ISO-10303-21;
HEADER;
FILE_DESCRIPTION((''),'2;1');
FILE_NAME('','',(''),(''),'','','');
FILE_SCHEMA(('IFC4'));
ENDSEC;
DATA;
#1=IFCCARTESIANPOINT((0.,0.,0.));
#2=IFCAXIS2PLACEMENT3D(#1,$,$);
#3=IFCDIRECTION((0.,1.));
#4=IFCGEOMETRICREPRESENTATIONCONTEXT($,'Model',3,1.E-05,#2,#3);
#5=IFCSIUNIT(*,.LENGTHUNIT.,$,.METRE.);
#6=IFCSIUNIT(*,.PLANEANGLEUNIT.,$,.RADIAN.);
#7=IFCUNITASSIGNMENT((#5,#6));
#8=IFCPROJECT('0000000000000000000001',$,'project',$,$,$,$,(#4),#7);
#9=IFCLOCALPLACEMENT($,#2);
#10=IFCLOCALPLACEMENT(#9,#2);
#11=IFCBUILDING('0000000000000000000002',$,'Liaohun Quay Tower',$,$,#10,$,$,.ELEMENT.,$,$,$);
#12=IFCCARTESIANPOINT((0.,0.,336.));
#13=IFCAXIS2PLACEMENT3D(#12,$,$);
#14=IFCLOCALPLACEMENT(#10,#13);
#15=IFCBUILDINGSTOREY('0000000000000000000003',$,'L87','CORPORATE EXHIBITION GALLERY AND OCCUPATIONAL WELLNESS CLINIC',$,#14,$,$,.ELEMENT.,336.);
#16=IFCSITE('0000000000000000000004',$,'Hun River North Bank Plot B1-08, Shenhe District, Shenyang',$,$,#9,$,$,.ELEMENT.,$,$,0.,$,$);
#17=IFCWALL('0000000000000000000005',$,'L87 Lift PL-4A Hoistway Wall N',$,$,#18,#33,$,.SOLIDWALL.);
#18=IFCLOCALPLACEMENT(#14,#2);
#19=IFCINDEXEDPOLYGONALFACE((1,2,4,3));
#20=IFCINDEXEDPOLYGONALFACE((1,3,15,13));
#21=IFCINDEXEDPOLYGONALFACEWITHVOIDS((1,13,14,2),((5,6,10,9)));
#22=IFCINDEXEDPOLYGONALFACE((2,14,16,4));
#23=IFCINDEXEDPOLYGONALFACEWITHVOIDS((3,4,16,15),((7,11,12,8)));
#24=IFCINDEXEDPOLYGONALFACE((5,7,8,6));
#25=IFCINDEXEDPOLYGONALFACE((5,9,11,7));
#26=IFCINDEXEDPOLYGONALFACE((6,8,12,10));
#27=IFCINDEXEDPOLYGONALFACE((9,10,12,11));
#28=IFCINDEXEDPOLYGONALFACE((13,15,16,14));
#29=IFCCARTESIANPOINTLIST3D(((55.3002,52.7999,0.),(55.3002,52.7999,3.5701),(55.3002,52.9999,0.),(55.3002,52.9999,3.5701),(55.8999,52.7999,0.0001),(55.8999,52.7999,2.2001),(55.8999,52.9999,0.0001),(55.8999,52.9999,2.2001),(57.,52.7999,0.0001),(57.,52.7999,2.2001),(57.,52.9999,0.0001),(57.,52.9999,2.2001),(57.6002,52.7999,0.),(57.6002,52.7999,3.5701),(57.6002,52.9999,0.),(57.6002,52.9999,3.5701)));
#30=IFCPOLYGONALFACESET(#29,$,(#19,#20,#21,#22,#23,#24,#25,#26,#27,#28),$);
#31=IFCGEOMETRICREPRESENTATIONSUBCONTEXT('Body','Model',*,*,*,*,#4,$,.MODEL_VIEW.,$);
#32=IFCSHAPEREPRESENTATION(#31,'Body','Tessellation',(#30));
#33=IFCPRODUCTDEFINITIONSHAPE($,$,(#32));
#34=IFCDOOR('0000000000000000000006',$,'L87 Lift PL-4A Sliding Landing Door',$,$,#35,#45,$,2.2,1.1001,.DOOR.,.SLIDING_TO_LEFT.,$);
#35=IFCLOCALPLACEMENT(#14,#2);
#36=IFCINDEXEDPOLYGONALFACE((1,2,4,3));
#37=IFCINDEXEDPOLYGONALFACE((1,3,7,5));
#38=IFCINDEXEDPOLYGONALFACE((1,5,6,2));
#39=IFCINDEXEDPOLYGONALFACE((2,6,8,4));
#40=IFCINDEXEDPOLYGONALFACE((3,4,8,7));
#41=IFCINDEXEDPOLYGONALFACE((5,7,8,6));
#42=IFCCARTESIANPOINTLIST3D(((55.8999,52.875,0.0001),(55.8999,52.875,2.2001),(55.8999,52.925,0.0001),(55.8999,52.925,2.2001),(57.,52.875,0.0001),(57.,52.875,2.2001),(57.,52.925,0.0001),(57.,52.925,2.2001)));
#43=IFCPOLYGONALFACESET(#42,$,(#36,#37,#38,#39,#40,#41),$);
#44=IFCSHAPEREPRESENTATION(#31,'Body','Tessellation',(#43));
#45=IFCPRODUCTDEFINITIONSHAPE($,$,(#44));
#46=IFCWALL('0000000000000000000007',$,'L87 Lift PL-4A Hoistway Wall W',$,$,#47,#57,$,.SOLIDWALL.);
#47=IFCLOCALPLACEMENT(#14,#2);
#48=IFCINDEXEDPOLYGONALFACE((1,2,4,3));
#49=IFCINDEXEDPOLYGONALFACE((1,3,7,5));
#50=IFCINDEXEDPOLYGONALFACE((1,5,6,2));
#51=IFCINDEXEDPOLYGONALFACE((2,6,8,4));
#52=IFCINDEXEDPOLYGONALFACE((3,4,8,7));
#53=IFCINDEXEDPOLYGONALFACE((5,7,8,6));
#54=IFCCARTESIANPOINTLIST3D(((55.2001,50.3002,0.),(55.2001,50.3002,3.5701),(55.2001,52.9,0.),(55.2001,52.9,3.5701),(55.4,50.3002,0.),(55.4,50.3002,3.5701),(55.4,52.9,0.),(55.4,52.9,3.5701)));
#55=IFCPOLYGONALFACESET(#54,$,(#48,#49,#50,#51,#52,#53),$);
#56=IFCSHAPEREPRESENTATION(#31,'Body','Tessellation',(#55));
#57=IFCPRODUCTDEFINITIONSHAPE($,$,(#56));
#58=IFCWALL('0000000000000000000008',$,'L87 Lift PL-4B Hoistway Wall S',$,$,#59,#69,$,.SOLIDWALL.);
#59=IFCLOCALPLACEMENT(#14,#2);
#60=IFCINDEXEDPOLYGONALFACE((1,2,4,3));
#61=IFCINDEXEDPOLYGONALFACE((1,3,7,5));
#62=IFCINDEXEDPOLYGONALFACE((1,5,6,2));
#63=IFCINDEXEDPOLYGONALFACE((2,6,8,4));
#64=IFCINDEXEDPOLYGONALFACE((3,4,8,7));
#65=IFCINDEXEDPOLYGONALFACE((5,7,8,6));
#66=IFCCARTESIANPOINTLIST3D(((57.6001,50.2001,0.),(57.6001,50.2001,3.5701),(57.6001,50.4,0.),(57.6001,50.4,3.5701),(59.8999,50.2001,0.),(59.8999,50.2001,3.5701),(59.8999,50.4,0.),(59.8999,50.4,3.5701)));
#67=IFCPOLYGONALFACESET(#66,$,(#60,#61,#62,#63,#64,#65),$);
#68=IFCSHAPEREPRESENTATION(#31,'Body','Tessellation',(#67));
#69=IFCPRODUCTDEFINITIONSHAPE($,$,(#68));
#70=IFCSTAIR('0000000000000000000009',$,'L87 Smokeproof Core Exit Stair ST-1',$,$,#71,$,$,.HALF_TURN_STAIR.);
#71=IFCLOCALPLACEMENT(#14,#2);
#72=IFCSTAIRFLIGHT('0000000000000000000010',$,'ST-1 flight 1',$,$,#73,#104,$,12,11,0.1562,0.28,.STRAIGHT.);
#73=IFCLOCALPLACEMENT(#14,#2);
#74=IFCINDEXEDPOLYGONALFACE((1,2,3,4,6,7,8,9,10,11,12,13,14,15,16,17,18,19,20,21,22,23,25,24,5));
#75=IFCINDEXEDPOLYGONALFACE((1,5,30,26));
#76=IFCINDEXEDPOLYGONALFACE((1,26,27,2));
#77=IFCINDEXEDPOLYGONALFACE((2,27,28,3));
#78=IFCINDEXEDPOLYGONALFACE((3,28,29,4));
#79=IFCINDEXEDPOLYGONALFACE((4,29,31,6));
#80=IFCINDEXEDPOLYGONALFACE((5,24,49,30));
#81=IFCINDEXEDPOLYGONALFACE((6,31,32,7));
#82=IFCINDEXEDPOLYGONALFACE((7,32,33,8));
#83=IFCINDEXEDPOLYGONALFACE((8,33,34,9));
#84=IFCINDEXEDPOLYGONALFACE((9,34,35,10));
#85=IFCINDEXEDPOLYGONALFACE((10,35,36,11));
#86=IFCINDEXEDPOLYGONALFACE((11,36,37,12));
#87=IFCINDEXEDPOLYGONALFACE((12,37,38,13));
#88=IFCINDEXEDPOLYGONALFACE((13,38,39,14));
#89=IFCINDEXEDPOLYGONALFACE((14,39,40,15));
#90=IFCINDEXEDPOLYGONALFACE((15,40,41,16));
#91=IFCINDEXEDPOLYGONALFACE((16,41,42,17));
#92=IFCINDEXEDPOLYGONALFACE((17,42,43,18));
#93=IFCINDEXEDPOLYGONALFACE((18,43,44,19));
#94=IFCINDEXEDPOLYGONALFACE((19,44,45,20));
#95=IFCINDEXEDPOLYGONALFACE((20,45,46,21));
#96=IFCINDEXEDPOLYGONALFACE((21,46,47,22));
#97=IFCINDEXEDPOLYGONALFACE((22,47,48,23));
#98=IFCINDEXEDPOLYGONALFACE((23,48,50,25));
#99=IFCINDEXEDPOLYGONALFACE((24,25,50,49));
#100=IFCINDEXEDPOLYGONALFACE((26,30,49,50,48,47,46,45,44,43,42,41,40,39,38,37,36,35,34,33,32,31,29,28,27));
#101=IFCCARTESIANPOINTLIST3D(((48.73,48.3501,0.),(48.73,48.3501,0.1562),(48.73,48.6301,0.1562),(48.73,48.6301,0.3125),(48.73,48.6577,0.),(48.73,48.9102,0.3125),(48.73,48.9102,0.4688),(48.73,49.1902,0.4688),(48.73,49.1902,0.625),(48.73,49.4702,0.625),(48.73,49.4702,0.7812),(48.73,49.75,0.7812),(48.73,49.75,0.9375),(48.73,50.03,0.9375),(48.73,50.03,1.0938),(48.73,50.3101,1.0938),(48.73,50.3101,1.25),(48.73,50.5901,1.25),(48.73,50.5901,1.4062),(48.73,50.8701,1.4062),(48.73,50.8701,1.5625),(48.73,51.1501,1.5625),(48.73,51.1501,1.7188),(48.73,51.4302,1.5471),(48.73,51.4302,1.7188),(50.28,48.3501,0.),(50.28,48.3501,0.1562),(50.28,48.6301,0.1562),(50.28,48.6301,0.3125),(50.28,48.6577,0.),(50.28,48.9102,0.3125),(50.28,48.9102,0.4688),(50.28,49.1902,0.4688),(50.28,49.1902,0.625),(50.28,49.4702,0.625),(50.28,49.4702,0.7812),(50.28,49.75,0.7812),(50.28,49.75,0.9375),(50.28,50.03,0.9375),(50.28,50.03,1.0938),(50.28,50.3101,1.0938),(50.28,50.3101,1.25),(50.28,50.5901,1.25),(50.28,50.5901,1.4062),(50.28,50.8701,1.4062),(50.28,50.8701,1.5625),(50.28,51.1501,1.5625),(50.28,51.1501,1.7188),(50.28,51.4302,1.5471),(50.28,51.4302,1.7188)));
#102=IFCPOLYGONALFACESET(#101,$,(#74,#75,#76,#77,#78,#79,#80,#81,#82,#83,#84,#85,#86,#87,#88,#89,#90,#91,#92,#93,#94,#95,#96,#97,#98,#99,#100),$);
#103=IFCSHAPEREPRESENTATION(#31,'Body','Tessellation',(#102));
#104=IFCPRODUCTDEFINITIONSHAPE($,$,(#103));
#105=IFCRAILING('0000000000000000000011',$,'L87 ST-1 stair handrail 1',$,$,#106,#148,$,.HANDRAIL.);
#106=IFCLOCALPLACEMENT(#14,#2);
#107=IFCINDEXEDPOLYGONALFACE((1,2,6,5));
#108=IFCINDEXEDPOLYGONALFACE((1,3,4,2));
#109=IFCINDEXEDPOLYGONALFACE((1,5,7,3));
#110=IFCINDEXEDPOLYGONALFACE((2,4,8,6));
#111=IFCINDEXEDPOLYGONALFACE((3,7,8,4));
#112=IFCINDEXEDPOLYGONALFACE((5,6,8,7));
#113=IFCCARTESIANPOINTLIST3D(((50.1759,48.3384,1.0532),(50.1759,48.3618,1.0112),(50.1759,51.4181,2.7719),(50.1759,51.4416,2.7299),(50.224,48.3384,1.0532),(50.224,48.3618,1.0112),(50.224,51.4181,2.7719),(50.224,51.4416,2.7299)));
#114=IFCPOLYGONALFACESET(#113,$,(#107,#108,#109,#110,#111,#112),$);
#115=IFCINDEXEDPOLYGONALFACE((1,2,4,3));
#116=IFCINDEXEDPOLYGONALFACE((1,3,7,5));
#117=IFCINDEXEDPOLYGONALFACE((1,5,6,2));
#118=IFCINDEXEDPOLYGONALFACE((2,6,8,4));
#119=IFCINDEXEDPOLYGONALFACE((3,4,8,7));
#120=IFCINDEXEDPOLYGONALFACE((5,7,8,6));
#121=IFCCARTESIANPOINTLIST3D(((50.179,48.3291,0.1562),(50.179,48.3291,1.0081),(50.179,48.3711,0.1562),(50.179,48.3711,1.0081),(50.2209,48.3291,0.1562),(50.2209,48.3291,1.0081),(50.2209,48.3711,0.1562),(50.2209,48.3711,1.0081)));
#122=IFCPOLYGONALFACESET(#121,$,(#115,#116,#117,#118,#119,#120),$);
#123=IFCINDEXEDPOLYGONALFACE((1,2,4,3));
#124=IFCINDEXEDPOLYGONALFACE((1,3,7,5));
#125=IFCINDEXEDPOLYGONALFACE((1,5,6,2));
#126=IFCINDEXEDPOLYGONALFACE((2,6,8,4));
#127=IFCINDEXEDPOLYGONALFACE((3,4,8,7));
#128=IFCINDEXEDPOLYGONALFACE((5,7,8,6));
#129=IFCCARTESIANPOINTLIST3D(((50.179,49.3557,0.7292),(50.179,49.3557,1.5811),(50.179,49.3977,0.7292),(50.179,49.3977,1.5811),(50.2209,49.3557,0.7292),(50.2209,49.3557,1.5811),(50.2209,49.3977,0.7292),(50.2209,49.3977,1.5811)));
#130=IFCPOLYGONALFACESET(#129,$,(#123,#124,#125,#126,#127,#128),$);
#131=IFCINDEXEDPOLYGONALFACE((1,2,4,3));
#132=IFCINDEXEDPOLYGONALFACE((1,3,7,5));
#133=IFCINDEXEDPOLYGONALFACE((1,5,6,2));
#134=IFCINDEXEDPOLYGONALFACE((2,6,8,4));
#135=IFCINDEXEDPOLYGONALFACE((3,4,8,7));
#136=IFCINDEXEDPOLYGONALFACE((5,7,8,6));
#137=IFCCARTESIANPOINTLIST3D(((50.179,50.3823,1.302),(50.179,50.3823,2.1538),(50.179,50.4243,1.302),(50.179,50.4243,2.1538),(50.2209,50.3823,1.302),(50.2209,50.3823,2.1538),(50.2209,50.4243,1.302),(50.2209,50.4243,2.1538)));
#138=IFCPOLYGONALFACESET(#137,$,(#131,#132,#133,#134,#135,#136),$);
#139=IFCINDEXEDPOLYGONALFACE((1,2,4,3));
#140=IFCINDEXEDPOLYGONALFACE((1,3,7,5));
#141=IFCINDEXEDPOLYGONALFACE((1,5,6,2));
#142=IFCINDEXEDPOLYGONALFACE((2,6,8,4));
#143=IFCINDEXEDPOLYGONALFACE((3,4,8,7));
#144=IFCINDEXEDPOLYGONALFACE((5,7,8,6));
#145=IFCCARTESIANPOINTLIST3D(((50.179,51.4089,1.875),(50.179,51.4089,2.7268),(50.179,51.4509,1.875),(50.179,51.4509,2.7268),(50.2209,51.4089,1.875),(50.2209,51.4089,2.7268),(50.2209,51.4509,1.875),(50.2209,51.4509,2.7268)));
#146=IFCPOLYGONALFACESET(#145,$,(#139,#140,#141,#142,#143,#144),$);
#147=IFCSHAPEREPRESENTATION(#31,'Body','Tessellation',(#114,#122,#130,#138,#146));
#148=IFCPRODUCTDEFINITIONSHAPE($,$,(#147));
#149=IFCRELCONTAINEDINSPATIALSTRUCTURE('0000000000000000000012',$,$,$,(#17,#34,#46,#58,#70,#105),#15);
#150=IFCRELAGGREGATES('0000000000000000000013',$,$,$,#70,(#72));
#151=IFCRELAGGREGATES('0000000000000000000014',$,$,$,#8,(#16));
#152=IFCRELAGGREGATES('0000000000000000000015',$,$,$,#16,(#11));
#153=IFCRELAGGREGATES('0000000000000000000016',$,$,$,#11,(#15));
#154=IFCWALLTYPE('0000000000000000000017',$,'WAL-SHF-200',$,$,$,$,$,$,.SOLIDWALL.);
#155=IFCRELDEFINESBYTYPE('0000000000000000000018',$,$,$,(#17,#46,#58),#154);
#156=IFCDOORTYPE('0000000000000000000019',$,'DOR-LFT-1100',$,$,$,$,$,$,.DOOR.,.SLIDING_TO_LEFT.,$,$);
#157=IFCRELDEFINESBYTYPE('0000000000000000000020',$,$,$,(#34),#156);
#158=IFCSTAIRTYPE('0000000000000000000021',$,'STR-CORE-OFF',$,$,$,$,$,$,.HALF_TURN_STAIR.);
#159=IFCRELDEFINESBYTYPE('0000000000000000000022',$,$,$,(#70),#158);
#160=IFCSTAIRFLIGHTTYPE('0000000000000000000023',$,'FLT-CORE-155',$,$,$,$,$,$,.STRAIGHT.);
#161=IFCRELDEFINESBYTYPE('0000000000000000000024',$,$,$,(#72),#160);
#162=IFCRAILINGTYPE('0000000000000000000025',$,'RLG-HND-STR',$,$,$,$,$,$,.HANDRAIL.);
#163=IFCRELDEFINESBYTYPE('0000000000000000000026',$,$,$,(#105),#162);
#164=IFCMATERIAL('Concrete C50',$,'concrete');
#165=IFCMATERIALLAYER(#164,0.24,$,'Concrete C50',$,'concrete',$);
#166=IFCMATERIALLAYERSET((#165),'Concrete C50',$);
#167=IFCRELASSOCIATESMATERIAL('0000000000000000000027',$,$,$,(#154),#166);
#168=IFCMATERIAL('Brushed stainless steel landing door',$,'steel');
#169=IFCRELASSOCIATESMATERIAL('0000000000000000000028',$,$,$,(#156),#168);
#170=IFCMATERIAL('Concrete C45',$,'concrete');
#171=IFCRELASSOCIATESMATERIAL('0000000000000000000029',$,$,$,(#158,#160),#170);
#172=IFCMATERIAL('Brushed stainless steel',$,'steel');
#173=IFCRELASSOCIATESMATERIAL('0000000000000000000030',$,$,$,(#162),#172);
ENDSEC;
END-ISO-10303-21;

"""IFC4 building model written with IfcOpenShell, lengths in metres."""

from ifc_helpers import new_model, si_unit, direction, frame, frame_2d, origin, origin_2d, place, context, subcontext, project, spatial, polyline, rectangle, outline, extrude, source, transform, mapped, material, layer, layer_set, type_object, element, fill, aggregate, save


model = new_model("IFC4")

# Units and contexts
model_context = context("Model", 3, precision=1e-05, world=origin(), true_north=direction((0.0, 1.0)))
body_context = subcontext(model_context, "Body", "Model", "MODEL_VIEW")
ifc_project = project(units=[si_unit("LENGTHUNIT", "METRE"), si_unit("PLANEANGLEUNIT", "RADIAN")], contexts=[model_context])

# Site, building, storey
site_placement = place(None, origin())
site = spatial("IfcSite", under=ifc_project, at=site_placement, Name="Hun River North Bank Plot B1-08, Shenhe District, Shenyang", CompositionType="ELEMENT", RefElevation=0.0)
building_placement = place(site_placement, origin())
building = spatial("IfcBuilding", under=site, at=building_placement, Name="Liaohun Quay Tower", CompositionType="ELEMENT")
storey_placement = place(building_placement, frame((0.0, 0.0, 336.0)))
storey = spatial("IfcBuildingStorey", under=building, at=storey_placement, Name="L87", Description="CORPORATE EXHIBITION GALLERY AND OCCUPATIONAL WELLNESS CLINIC", CompositionType="ELEMENT", Elevation=336.0)

# Shared definitions
ifc_material_1 = material(Name="Concrete C50", Category="concrete")

# Shared definitions
ifc_layer_1 = layer(ifc_material_1, 0.24, Name="Concrete C50", Category="concrete")
ifc_layer_set_1 = layer_set([ifc_layer_1], Name="Concrete C50")
wall_type_1 = type_object("IfcWallType", Name="WAL-SHF-200", PredefinedType="SOLIDWALL", material=ifc_layer_set_1)

# Wall, opening, door
wall_1_placement = place(storey_placement, frame((57.6001, 52.8999, 0.0), z_axis=(0.0, 0.0, 1.0), x_axis=(-1.0, 0.0, 0.0)))
wall_1 = element("IfcWall", 1, at=wall_1_placement, inside=storey, type_object=wall_type_1, Name="L87 Lift PL-4A Hoistway Wall N", PredefinedType="SOLIDWALL", context=body_context, shape_type="SweptSolid", body=[
    extrude(rectangle(XDim=2.3, YDim=0.2, at=frame_2d((1.1499, 0.0))), origin(), (0.0, 0.0, 1.0), 3.5701),
])
shared_shape_1 = source(origin(), body_context, "Body", "SweptSolid", [
    extrude(rectangle(XDim=1.1001, YDim=2.2, at=frame_2d((0.55, 1.1001))), frame((0.0, 0.1099, 0.0), z_axis=(0.0, -1.0, 0.0), x_axis=(1.0, 0.0, 0.0)), (0.0, 0.0, 1.0), 0.22),
])
opening_1_placement = place(wall_1_placement, frame((0.6001, 0.0, 0.0)))
opening_1 = element("IfcOpeningElement", 2, at=opening_1_placement, cuts=wall_1, PredefinedType="OPENING", context=body_context, shape_type="MappedRepresentation", body=[
    mapped(shared_shape_1, transform((0.0, 0.0, 0.0), x_axis=(1.0, 0.0, 0.0), y_axis=(0.0, 1.0, 0.0), z_axis=(0.0, 0.0, 1.0), scale=1.0)),
])
ifc_material_2 = material(Name="Brushed stainless steel landing door", Category="steel")
door_type_1 = type_object("IfcDoorType", Name="DOR-LFT-1100", OperationType="SLIDING_TO_LEFT", PredefinedType="DOOR", material=ifc_material_2)
shared_shape_2 = source(origin(), body_context, "Body", "SweptSolid", [
    extrude(rectangle(XDim=1.1001, YDim=2.2, at=frame_2d((0.55, 1.1001))), frame((0.0, 0.0249, 0.0), z_axis=(0.0, -1.0, 0.0), x_axis=(1.0, 0.0, 0.0)), (0.0, 0.0, 1.0), 0.05),
])
door_1_placement = place(opening_1_placement, origin())
door_1 = element("IfcDoor", 3, at=door_1_placement, inside=storey, type_object=door_type_1, Name="L87 Lift PL-4A Sliding Landing Door", OperationType="SLIDING_TO_LEFT", OverallHeight=2.2, OverallWidth=1.1001, PredefinedType="DOOR", context=body_context, shape_type="MappedRepresentation", body=[
    mapped(shared_shape_2, transform((0.0, 0.0, 0.0), x_axis=(1.0, 0.0, 0.0), y_axis=(0.0, 1.0, 0.0), z_axis=(0.0, 0.0, 1.0), scale=1.0)),
])
fill(opening_1, door_1)

# Walls
wall_2_placement = place(storey_placement, frame((55.3, 52.8999, 0.0), z_axis=(0.0, 0.0, 1.0), x_axis=(0.0, -1.0, 0.0)))
element("IfcWall", 4, at=wall_2_placement, inside=storey, type_object=wall_type_1, Name="L87 Lift PL-4A Hoistway Wall W", PredefinedType="SOLIDWALL", context=body_context, shape_type="SweptSolid", body=[
    extrude(rectangle(XDim=2.5999, YDim=0.2, at=frame_2d((1.2998, 0.0))), origin(), (0.0, 0.0, 1.0), 3.5701),
])
wall_3_placement = place(storey_placement, frame((57.6001, 50.3, 0.0), z_axis=(0.0, 0.0, 1.0), x_axis=(1.0, 0.0, 0.0)))
element("IfcWall", 5, at=wall_3_placement, inside=storey, type_object=wall_type_1, Name="L87 Lift PL-4B Hoistway Wall S", PredefinedType="SOLIDWALL", context=body_context, shape_type="SweptSolid", body=[
    extrude(rectangle(XDim=2.2998, YDim=0.2, at=frame_2d((1.1499, 0.0))), origin(), (0.0, 0.0, 1.0), 3.5701),
])

# Stair, stair flight
ifc_material_3 = material(Name="Concrete C45", Category="concrete")
stair_type = type_object("IfcStairType", Name="STR-CORE-OFF", PredefinedType="HALF_TURN_STAIR", material=ifc_material_3)
stair_placement = place(storey_placement, origin())
stair = element("IfcStair", 6, at=stair_placement, inside=storey, type_object=stair_type, Name="L87 Smokeproof Core Exit Stair ST-1", PredefinedType="HALF_TURN_STAIR")
stair_flight_type = type_object("IfcStairFlightType", Name="FLT-CORE-155", PredefinedType="STRAIGHT", material=ifc_material_3)
stair_flight_placement = place(storey_placement, frame((49.5049, 48.3501, 0.0), z_axis=(0.0, 0.0, 1.0), x_axis=(0.0, 1.0, 0.0)))
stair_flight = element("IfcStairFlight", 7, at=stair_flight_placement, type_object=stair_flight_type, Name="ST-1 flight 1", NumberOfRisers=12, NumberOfTreads=11, PredefinedType="STRAIGHT", RiserHeight=0.1562, TreadLength=0.28, context=body_context, shape_type="SweptSolid", body=[
    extrude(outline(polyline([(0.0, 0.0), (0.0, 0.1562), (0.28, 0.1562), (0.28, 0.3125), (0.5601, 0.3125), (0.5601, 0.4688), (0.8401, 0.4688), (0.8401, 0.625), (1.1201, 0.625), (1.1201, 0.7812), (1.3999, 0.7812), (1.3999, 0.9375), (1.6799, 0.9375), (1.6799, 1.0938), (1.96, 1.0938), (1.96, 1.25), (2.24, 1.25), (2.24, 1.4062), (2.52, 1.4062), (2.52, 1.5625), (2.8, 1.5625), (2.8, 1.7188), (3.0801, 1.7188), (3.0801, 1.875), (3.0801, 1.5471), (0.3076, 0.0), (0.0, 0.0)])), frame((0.0, 0.7749, 0.0), z_axis=(0.0, -1.0, 0.0), x_axis=(1.0, 0.0, 0.0)), (0.0, 0.0, 1.0), 1.55),
])
aggregate(stair, [stair_flight])

# Railing
ifc_material_4 = material(Name="Brushed stainless steel", Category="steel")
railing_type = type_object("IfcRailingType", Name="RLG-HND-STR", PredefinedType="HANDRAIL", material=ifc_material_4)
railing_placement = place(storey_placement, frame((50.2, 48.3501, 0.1562)))
element("IfcRailing", 8, at=railing_placement, inside=storey, type_object=railing_type, Name="L87 ST-1 stair handrail 1", PredefinedType="HANDRAIL", context=body_context, shape_type="SweptSolid", body=[
    extrude(rectangle(XDim=0.0481, YDim=0.0481, at=origin_2d()), frame((0.0, 0.0, 0.876), z_axis=(0.0, 0.873225, 0.487317), x_axis=(-1.0, 0.0, 0.0)), (0.0, 0.0, 1.0), 3.5269),
    extrude(rectangle(XDim=0.042, YDim=0.042, at=origin_2d()), origin(), (0.0, 0.0, 1.0), 0.8518),
    extrude(rectangle(XDim=0.042, YDim=0.042, at=origin_2d()), frame((0.0, 1.0266, 0.573)), (0.0, 0.0, 1.0), 0.8518),
    extrude(rectangle(XDim=0.042, YDim=0.042, at=origin_2d()), frame((0.0, 2.0532, 1.1458)), (0.0, 0.0, 1.0), 0.8518),
    extrude(rectangle(XDim=0.042, YDim=0.042, at=origin_2d()), frame((0.0, 3.0798, 1.7188)), (0.0, 0.0, 1.0), 0.8518),
])

save(model, "model.ifc")
